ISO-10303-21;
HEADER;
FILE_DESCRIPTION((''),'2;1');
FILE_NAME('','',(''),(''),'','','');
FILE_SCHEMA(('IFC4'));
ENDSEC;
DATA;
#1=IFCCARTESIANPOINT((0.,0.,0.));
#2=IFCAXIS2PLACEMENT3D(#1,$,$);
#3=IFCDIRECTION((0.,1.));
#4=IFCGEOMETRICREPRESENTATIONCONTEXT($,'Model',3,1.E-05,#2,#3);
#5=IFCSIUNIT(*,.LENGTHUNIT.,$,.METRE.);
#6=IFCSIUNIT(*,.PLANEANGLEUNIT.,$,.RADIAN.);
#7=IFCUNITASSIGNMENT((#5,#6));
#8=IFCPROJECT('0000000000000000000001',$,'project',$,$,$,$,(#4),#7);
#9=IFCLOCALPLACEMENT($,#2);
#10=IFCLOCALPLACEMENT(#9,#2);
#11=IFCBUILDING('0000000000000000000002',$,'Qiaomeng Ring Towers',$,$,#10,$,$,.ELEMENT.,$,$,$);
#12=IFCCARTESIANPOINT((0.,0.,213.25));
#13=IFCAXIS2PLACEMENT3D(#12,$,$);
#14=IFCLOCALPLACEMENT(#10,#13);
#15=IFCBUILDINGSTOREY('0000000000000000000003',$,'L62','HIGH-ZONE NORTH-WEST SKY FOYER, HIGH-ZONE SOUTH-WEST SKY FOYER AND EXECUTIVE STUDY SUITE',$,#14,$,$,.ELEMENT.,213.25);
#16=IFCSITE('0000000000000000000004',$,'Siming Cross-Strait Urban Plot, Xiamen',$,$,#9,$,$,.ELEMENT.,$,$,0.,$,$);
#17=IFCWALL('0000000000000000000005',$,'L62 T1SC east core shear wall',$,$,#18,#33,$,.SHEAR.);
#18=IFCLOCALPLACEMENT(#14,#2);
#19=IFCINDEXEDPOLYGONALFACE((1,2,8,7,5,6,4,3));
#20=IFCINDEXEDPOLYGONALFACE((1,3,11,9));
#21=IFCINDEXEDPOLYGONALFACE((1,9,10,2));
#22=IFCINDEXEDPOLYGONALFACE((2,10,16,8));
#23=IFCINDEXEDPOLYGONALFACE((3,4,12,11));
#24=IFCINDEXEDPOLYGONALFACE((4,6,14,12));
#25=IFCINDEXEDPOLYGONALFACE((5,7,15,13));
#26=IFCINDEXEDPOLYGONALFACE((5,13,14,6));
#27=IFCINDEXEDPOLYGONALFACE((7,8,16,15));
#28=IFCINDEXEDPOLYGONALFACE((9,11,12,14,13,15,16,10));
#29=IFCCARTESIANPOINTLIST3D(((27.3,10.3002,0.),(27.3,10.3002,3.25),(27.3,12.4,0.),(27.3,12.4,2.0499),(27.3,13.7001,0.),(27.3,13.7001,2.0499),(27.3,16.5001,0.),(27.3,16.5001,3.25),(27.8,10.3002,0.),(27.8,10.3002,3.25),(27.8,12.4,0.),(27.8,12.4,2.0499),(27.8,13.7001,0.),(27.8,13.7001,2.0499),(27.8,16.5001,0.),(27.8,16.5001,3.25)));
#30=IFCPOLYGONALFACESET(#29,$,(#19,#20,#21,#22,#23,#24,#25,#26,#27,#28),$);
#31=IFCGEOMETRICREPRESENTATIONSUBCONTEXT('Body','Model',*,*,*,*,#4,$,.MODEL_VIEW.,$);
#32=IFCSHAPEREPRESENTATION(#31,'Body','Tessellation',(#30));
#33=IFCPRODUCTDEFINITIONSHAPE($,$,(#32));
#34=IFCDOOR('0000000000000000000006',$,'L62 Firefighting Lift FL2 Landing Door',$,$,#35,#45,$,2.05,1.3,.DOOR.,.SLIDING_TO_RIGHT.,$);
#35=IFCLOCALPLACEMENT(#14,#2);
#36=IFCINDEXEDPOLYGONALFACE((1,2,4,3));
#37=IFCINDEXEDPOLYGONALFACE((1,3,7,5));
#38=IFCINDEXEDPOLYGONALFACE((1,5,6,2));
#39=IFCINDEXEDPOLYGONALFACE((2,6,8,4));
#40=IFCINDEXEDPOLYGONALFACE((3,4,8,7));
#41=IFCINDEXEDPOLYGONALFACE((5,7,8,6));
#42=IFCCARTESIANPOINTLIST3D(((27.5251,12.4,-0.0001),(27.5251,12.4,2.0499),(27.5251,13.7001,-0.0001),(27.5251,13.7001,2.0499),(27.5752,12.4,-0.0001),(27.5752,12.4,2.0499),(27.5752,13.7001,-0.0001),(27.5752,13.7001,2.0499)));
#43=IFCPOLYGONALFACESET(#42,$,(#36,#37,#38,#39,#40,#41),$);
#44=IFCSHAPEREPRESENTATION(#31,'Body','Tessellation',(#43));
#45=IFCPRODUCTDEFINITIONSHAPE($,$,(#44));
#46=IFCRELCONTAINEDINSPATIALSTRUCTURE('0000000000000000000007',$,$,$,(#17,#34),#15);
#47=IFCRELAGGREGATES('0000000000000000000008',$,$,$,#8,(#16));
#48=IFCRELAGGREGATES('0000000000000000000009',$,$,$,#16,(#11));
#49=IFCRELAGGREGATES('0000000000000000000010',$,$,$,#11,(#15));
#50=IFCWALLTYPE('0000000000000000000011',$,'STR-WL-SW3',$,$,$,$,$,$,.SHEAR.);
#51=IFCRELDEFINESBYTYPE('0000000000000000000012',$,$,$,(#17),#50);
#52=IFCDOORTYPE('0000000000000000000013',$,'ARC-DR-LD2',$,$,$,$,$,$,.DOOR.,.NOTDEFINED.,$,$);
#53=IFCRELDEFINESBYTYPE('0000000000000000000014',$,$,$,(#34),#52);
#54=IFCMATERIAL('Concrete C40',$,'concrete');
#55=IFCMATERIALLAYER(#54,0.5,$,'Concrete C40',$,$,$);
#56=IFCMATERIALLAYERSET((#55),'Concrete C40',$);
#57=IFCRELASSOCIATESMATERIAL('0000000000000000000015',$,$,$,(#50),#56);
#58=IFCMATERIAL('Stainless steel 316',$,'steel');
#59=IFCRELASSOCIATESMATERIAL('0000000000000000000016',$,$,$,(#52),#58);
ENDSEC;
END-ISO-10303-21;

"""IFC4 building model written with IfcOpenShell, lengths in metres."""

from ifc_helpers import new_model, si_unit, direction, frame, frame_2d, origin, place, context, subcontext, project, spatial, rectangle, extrude, source, transform, mapped, material, layer, layer_set, type_object, element, fill, save


model = new_model("IFC4")

# Units and contexts
model_context = context("Model", 3, precision=1e-05, world=origin(), true_north=direction((0.0, 1.0)))
body_context = subcontext(model_context, "Body", "Model", "MODEL_VIEW")
ifc_project = project(units=[si_unit("LENGTHUNIT", "METRE"), si_unit("PLANEANGLEUNIT", "RADIAN")], contexts=[model_context])

# Site, building, storey
site_placement = place(None, origin())
site = spatial("IfcSite", under=ifc_project, at=site_placement, Name="Siming Cross-Strait Urban Plot, Xiamen", CompositionType="ELEMENT", RefElevation=0.0)
building_placement = place(site_placement, origin())
building = spatial("IfcBuilding", under=site, at=building_placement, Name="Qiaomeng Ring Towers", CompositionType="ELEMENT")
storey_placement = place(building_placement, frame((0.0, 0.0, 213.25)))
storey = spatial("IfcBuildingStorey", under=building, at=storey_placement, Name="L62", Description="HIGH-ZONE NORTH-WEST SKY FOYER, HIGH-ZONE SOUTH-WEST SKY FOYER AND EXECUTIVE STUDY SUITE", CompositionType="ELEMENT", Elevation=213.25)

# Shared definitions
ifc_material_1 = material(Name="Concrete C40", Category="concrete")

# Wall, opening, door
ifc_layer_1 = layer(ifc_material_1, 0.5, Name="Concrete C40")
ifc_layer_set_1 = layer_set([ifc_layer_1], Name="Concrete C40")
wall_type_1 = type_object("IfcWallType", Name="STR-WL-SW3", PredefinedType="SHEAR", material=ifc_layer_set_1)
wall_1_placement = place(storey_placement, frame((27.55, 10.3, 0.0), z_axis=(0.0, 0.0, 1.0), x_axis=(0.0, 1.0, 0.0)))
wall_1 = element("IfcWall", 1, at=wall_1_placement, inside=storey, type_object=wall_type_1, Name="L62 T1SC east core shear wall", PredefinedType="SHEAR", context=body_context, shape_type="SweptSolid", body=[
    extrude(rectangle(XDim=6.2, YDim=0.5, at=frame_2d((3.1001, 0.0))), origin(), (0.0, 0.0, 1.0), 3.25),
])
opening_1_placement = place(wall_1_placement, frame((2.1001, 0.0, 0.0)))
opening_1 = element("IfcOpeningElement", 2, at=opening_1_placement, cuts=wall_1, PredefinedType="OPENING", context=body_context, shape_type="SweptSolid", body=[
    extrude(rectangle(XDim=1.3, YDim=2.05, at=frame_2d((0.6499, 1.0249))), frame((0.0, 0.26, 0.0), z_axis=(0.0, -1.0, 0.0), x_axis=(1.0, 0.0, 0.0)), (0.0, 0.0, 1.0), 0.52),
])
ifc_material_2 = material(Name="Stainless steel 316", Category="steel")
door_type_1 = type_object("IfcDoorType", Name="ARC-DR-LD2", OperationType="NOTDEFINED", PredefinedType="DOOR", material=ifc_material_2)
shared_shape_1 = source(origin(), body_context, "Body", "SweptSolid", [
    extrude(rectangle(XDim=1.3, YDim=2.05, at=frame_2d((0.6499, 1.0249))), frame((0.0, 0.0249, 0.0), z_axis=(0.0, -1.0, 0.0), x_axis=(1.0, 0.0, 0.0)), (0.0, 0.0, 1.0), 0.05),
])
door_1_placement = place(opening_1_placement, origin())
door_1 = element("IfcDoor", 3, at=door_1_placement, inside=storey, type_object=door_type_1, Name="L62 Firefighting Lift FL2 Landing Door", OperationType="SLIDING_TO_RIGHT", OverallHeight=2.05, OverallWidth=1.3, PredefinedType="DOOR", context=body_context, shape_type="MappedRepresentation", body=[
    mapped(shared_shape_1, transform((0.0, 0.0, 0.0), x_axis=(1.0, 0.0, 0.0), y_axis=(0.0, 1.0, 0.0), z_axis=(0.0, 0.0, 1.0), scale=1.0)),
])
fill(opening_1, door_1)

save(model, "model.ifc")
